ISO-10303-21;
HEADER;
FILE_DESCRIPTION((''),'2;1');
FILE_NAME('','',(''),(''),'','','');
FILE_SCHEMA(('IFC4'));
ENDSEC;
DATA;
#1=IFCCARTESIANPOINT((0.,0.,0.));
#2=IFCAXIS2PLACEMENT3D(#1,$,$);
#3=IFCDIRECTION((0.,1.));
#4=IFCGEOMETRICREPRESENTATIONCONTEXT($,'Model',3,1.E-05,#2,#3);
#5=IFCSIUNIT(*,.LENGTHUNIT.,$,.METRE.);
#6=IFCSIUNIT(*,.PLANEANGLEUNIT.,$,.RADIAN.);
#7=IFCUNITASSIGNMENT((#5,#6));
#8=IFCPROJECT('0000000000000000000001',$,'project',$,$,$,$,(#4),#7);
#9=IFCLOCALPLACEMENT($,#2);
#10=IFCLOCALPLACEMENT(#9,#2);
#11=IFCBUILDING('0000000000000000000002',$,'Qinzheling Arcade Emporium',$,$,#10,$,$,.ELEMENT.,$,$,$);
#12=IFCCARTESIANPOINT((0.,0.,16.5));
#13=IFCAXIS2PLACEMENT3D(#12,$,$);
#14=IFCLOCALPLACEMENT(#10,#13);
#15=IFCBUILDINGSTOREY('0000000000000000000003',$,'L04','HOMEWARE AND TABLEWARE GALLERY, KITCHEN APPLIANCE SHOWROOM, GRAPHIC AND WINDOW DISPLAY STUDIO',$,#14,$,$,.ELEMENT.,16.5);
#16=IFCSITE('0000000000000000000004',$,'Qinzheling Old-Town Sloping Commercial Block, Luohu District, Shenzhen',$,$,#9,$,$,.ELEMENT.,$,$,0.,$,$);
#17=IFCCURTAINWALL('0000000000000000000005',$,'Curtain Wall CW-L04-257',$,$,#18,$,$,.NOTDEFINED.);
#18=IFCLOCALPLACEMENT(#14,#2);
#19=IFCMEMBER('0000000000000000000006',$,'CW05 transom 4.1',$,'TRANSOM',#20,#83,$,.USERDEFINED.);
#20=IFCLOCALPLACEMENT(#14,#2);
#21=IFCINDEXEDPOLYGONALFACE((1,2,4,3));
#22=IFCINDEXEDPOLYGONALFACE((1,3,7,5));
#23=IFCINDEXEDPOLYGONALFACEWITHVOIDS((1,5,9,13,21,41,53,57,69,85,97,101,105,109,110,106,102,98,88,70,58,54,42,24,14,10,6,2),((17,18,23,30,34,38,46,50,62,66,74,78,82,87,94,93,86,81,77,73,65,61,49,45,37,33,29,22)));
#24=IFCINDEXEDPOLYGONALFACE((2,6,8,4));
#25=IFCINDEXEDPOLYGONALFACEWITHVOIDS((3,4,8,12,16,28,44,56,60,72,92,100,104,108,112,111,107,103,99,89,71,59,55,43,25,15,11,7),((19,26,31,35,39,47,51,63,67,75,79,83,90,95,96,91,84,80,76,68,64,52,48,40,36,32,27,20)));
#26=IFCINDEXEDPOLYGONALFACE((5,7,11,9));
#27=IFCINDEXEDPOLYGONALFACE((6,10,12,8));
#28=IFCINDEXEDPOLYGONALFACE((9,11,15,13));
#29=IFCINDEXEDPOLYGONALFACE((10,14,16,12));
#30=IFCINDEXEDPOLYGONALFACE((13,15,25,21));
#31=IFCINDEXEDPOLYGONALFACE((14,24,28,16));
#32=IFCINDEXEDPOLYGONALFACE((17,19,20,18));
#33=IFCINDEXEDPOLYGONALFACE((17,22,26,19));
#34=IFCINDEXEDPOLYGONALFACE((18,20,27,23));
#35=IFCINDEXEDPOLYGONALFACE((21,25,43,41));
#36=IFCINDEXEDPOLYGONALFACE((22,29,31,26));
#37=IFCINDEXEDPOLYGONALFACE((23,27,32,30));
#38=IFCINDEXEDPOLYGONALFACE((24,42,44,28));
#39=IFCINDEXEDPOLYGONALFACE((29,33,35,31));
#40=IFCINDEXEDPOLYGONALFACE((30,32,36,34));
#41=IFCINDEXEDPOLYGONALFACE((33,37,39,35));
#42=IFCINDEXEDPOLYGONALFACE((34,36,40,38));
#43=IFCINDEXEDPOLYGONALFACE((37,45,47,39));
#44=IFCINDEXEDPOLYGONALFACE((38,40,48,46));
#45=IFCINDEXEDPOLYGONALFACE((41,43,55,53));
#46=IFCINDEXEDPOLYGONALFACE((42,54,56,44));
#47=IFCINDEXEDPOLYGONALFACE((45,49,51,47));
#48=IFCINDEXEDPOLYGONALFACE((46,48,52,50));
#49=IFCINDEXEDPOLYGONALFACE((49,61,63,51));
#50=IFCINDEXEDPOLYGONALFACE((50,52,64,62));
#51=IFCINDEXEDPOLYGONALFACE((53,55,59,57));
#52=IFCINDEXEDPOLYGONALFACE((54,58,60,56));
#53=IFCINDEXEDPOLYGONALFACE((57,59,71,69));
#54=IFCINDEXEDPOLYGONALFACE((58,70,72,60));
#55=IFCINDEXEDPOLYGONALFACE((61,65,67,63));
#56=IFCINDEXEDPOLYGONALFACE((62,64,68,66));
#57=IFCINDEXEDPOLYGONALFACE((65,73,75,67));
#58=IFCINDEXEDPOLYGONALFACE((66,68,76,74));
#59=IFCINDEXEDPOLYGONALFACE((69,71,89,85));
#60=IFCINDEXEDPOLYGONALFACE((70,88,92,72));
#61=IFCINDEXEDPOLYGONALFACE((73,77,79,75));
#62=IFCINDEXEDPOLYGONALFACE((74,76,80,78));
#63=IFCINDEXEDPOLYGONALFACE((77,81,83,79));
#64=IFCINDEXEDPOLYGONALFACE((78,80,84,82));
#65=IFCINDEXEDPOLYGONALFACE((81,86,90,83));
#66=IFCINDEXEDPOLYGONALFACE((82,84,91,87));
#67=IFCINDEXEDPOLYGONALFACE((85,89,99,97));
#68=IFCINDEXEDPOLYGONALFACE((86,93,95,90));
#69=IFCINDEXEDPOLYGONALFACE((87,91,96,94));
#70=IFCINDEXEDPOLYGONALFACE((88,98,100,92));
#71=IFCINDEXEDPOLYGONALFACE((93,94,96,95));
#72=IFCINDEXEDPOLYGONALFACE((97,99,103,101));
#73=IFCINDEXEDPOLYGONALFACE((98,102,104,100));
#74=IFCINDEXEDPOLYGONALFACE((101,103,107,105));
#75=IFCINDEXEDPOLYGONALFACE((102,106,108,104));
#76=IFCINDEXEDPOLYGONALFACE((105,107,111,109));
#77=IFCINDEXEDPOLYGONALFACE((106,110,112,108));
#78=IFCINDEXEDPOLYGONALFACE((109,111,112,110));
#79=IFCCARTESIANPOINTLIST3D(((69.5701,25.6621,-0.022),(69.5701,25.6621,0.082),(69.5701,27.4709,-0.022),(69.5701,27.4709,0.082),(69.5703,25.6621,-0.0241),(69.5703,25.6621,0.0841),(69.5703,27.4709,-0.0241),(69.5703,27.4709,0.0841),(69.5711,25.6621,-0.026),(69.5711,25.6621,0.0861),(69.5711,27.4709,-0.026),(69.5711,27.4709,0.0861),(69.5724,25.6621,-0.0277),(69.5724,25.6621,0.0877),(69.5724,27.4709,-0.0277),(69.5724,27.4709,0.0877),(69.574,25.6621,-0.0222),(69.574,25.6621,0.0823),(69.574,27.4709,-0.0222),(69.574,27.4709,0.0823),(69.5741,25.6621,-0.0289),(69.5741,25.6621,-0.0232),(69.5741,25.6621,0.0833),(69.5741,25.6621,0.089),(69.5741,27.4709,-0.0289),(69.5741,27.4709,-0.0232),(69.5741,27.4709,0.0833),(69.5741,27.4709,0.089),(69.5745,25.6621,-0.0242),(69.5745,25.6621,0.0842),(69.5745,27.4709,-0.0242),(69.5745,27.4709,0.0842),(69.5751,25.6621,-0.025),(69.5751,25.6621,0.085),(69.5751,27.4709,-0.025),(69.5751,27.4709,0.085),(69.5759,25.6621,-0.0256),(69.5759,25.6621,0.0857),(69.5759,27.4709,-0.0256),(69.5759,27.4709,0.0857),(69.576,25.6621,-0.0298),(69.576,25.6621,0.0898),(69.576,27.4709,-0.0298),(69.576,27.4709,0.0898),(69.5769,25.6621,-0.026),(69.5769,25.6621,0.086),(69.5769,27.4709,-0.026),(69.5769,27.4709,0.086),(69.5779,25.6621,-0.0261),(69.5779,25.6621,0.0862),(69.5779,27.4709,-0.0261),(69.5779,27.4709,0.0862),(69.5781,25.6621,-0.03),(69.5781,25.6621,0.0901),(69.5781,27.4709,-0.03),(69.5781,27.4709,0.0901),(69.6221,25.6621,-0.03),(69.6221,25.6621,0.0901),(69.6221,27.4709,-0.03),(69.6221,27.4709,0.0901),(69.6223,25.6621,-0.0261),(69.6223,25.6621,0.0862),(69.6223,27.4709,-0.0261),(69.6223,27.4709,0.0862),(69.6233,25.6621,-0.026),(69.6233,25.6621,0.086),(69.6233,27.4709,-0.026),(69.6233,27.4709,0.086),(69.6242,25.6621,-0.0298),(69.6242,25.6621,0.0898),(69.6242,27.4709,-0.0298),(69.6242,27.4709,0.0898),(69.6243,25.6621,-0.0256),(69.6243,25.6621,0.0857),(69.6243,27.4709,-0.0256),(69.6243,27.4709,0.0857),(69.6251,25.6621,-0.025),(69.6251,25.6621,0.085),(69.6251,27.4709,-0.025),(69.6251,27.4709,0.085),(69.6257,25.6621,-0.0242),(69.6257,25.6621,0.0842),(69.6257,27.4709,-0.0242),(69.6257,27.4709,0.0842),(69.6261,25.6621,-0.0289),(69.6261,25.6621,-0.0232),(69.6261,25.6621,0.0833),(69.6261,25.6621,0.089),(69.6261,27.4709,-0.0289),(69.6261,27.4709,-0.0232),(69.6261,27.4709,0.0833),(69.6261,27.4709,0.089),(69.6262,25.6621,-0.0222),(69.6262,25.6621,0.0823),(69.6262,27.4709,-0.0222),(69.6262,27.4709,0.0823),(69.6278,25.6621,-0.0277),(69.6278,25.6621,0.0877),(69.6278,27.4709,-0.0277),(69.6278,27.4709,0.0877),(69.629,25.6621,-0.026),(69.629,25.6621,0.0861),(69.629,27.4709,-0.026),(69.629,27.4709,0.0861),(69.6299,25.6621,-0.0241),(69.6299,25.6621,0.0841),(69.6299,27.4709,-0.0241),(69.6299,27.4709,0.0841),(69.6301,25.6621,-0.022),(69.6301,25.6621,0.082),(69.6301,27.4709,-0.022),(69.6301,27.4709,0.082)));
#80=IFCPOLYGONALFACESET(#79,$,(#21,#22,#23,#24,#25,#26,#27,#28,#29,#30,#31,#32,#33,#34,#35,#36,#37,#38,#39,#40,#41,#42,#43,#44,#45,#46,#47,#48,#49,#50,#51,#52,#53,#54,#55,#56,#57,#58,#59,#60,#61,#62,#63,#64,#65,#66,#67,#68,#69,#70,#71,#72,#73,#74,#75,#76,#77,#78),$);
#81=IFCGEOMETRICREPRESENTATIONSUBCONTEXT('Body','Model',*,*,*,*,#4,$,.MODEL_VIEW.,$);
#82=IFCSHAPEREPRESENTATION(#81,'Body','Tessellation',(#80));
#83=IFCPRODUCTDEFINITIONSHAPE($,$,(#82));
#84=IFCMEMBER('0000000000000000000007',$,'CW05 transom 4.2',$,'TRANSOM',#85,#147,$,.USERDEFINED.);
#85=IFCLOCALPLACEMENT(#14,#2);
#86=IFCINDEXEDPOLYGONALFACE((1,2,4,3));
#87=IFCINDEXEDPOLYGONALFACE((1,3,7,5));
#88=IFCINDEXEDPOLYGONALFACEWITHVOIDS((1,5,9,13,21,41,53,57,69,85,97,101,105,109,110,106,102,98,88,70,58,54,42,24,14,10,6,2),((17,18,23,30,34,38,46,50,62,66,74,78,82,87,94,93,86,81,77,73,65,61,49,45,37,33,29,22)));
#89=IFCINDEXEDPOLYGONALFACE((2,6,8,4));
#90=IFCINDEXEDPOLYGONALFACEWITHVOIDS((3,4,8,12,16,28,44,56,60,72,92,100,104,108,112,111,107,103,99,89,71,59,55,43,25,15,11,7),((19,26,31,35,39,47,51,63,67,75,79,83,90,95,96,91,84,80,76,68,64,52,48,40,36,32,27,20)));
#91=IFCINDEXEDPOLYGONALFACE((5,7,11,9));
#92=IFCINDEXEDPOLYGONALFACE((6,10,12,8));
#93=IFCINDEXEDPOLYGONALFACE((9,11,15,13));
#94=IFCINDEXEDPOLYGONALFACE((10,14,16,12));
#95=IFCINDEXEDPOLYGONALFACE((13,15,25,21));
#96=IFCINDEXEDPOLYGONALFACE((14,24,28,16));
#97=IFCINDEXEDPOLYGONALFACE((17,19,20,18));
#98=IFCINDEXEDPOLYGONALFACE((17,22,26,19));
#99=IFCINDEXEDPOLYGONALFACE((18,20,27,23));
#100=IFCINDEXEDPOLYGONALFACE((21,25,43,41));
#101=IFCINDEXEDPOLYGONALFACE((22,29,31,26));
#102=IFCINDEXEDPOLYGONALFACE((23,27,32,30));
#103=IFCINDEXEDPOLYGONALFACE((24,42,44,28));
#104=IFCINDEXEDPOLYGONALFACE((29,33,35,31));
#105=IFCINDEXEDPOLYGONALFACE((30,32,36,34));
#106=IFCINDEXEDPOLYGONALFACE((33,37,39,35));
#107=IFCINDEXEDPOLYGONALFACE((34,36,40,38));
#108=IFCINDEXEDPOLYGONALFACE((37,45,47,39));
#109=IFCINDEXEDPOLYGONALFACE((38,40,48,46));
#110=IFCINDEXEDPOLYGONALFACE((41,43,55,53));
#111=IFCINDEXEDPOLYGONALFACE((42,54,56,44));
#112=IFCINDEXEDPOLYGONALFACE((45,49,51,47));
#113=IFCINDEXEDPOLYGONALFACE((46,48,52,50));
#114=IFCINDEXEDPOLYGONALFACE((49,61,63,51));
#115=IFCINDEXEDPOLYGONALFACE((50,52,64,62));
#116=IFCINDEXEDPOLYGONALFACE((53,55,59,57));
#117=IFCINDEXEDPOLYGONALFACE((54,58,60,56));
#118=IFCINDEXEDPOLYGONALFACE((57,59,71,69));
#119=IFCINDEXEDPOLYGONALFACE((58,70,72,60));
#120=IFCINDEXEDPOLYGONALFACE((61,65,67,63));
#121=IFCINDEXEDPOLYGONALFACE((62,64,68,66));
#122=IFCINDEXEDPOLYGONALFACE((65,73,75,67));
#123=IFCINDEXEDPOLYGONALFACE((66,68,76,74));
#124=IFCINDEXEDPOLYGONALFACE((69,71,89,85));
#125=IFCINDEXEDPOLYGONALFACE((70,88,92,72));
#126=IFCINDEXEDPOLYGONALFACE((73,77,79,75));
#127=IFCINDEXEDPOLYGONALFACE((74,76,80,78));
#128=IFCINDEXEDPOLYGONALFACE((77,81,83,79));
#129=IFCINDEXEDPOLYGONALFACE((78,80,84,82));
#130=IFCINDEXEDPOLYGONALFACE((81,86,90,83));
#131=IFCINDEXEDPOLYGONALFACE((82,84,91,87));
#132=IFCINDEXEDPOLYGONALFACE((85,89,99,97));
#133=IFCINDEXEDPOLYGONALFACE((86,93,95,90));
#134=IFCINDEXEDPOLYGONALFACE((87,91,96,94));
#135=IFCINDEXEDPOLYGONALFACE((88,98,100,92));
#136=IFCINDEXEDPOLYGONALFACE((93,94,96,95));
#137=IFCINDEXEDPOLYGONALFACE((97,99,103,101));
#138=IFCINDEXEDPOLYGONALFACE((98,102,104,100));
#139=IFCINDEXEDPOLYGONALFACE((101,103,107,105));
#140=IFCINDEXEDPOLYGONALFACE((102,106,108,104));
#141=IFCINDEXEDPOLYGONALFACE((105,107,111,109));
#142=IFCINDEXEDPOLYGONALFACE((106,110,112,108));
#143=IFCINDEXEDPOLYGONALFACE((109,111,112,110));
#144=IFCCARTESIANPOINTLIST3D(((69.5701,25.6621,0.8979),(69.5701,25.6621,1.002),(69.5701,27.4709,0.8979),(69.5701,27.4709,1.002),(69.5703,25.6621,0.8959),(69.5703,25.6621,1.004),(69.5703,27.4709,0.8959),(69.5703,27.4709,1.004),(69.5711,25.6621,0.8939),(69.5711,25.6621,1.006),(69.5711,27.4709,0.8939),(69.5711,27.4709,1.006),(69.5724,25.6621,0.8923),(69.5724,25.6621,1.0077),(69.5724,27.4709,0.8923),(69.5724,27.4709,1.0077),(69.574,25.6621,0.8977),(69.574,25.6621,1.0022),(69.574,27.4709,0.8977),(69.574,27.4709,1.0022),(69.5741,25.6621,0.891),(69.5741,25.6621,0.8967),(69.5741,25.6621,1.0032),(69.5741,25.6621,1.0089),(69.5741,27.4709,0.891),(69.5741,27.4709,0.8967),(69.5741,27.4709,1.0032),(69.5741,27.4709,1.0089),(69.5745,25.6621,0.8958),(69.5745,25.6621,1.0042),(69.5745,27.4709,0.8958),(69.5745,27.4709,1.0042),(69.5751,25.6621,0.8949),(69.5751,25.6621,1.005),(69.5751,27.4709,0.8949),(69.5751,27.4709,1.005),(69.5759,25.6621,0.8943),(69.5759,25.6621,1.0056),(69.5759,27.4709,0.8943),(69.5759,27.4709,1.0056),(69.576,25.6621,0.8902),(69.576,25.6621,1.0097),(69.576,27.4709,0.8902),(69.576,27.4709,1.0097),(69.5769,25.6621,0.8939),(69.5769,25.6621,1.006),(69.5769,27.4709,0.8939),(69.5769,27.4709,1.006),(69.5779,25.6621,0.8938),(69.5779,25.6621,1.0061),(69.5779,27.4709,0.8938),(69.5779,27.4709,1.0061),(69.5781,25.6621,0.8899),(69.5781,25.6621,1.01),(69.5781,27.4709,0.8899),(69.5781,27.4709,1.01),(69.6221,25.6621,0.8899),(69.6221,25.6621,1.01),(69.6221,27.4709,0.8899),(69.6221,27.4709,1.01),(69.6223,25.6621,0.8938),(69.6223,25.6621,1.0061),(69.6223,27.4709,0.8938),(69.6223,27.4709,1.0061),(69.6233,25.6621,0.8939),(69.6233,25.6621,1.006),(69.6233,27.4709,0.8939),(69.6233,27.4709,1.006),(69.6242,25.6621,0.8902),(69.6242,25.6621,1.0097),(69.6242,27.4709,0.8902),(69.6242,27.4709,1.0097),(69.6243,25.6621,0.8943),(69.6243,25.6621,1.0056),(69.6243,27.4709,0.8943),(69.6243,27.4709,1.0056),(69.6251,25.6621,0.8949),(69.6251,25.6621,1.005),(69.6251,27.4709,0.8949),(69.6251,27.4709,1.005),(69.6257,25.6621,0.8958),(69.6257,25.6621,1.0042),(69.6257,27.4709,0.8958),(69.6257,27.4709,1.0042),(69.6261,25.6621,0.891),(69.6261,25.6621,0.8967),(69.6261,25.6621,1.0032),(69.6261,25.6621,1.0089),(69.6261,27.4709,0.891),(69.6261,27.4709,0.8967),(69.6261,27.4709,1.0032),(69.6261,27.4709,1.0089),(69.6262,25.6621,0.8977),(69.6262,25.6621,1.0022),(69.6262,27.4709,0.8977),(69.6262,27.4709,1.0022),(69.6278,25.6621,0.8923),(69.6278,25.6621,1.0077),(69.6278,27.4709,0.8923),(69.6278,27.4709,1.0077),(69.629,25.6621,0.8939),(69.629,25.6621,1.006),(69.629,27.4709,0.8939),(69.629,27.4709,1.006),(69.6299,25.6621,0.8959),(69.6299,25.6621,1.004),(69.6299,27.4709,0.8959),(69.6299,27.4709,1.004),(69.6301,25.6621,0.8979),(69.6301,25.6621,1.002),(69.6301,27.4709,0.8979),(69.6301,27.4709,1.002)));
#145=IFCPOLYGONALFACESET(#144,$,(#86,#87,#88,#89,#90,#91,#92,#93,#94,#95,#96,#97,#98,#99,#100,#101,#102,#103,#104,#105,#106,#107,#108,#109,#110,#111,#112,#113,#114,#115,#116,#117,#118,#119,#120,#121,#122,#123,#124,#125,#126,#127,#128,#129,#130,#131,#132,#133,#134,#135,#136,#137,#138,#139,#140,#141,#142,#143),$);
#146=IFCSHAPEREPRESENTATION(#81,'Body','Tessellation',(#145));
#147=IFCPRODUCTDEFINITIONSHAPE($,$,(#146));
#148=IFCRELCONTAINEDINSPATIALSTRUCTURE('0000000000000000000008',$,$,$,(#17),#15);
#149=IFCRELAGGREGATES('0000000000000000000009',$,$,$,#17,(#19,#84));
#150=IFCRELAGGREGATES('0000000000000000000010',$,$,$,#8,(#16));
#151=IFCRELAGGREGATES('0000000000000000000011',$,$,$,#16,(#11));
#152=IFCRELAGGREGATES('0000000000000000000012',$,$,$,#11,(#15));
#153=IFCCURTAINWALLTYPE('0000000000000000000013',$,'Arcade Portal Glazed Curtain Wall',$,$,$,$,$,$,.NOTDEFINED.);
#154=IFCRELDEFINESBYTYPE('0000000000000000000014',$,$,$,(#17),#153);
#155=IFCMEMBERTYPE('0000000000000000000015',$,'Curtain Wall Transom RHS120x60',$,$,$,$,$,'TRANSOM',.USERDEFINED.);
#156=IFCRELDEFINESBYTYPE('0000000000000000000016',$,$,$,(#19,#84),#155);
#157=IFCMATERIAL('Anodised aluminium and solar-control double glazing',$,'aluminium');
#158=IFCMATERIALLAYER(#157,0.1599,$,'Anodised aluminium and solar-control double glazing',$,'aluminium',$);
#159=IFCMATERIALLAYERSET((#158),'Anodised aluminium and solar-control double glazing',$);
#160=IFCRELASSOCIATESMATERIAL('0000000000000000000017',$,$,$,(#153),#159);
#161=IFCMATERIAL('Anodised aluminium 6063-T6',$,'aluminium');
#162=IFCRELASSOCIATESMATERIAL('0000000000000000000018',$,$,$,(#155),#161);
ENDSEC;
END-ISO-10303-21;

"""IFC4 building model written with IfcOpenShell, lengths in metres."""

from ifc_helpers import new_model, si_unit, direction, frame, origin, origin_2d, place, context, subcontext, project, spatial, hollow_rectangle, extrude, material, layer, layer_set, material_profile, profile_set, type_object, element, aggregate, save


model = new_model("IFC4")

# Units and contexts
model_context = context("Model", 3, precision=1e-05, world=origin(), true_north=direction((0.0, 1.0)))
body_context = subcontext(model_context, "Body", "Model", "MODEL_VIEW")
ifc_project = project(units=[si_unit("LENGTHUNIT", "METRE"), si_unit("PLANEANGLEUNIT", "RADIAN")], contexts=[model_context])

# Site, building, storey
site_placement = place(None, origin())
site = spatial("IfcSite", under=ifc_project, at=site_placement, Name="Qinzheling Old-Town Sloping Commercial Block, Luohu District, Shenzhen", CompositionType="ELEMENT", RefElevation=0.0)
building_placement = place(site_placement, origin())
building = spatial("IfcBuilding", under=site, at=building_placement, Name="Qinzheling Arcade Emporium", CompositionType="ELEMENT")
storey_placement = place(building_placement, frame((0.0, 0.0, 16.5)))
storey = spatial("IfcBuildingStorey", under=building, at=storey_placement, Name="L04", Description="HOMEWARE AND TABLEWARE GALLERY, KITCHEN APPLIANCE SHOWROOM, GRAPHIC AND WINDOW DISPLAY STUDIO", CompositionType="ELEMENT", Elevation=16.5)

# Curtain wall
ifc_material_1 = material(Name="Anodised aluminium and solar-control double glazing", Category="aluminium")
ifc_layer_1 = layer(ifc_material_1, 0.1599, Name="Anodised aluminium and solar-control double glazing", Category="aluminium")
ifc_layer_set_1 = layer_set([ifc_layer_1], Name="Anodised aluminium and solar-control double glazing")
curtain_wall_type = type_object("IfcCurtainWallType", Name="Arcade Portal Glazed Curtain Wall", PredefinedType="NOTDEFINED", material=ifc_layer_set_1)
curtain_wall_1_placement = place(storey_placement, origin())
curtain_wall_1 = element("IfcCurtainWall", 1, at=curtain_wall_1_placement, inside=storey, type_object=curtain_wall_type, Name="Curtain Wall CW-L04-257", PredefinedType="NOTDEFINED")
ifc_material_2 = material(Name="Anodised aluminium 6063-T6", Category="aluminium")

# Members
ifc_material_profile_1 = material_profile(ifc_material_2, hollow_rectangle(XDim=0.0601, YDim=0.1201, WallThickness=0.0039, InnerFilletRadius=0.0039, OuterFilletRadius=0.0081, at=origin_2d()), Name="RHS 120x60x4", Category="aluminium")
ifc_profile_set_1 = profile_set([ifc_material_profile_1], Name="Anodised aluminium 6063-T6")
member_type_1 = type_object("IfcMemberType", Name="Curtain Wall Transom RHS120x60", ElementType="TRANSOM", PredefinedType="USERDEFINED", material=ifc_profile_set_1)
member_1_placement = place(storey_placement, frame((69.6001, 27.4709, 0.03), z_axis=(0.0, -1.0, 0.0), x_axis=(1.0, 0.0, 0.0)))
member_1 = element("IfcMember", 2, at=member_1_placement, type_object=member_type_1, Name="CW05 transom 4.1", ObjectType="TRANSOM", PredefinedType="USERDEFINED", context=body_context, shape_type="SweptSolid", body=[
    extrude(hollow_rectangle(XDim=0.0601, YDim=0.1201, WallThickness=0.0039, InnerFilletRadius=0.0039, OuterFilletRadius=0.0081, at=origin_2d()), origin(), (0.0, 0.0, 1.0), 1.8088),
])
member_2_placement = place(storey_placement, frame((69.6001, 27.4709, 0.95), z_axis=(0.0, -1.0, 0.0), x_axis=(1.0, 0.0, 0.0)))
member_2 = element("IfcMember", 3, at=member_2_placement, type_object=member_type_1, Name="CW05 transom 4.2", ObjectType="TRANSOM", PredefinedType="USERDEFINED", context=body_context, shape_type="SweptSolid", body=[
    extrude(hollow_rectangle(XDim=0.0601, YDim=0.1201, WallThickness=0.0039, InnerFilletRadius=0.0039, OuterFilletRadius=0.0081, at=origin_2d()), origin(), (0.0, 0.0, 1.0), 1.8088),
])

aggregate(curtain_wall_1, [member_1, member_2])

save(model, "model.ifc")
